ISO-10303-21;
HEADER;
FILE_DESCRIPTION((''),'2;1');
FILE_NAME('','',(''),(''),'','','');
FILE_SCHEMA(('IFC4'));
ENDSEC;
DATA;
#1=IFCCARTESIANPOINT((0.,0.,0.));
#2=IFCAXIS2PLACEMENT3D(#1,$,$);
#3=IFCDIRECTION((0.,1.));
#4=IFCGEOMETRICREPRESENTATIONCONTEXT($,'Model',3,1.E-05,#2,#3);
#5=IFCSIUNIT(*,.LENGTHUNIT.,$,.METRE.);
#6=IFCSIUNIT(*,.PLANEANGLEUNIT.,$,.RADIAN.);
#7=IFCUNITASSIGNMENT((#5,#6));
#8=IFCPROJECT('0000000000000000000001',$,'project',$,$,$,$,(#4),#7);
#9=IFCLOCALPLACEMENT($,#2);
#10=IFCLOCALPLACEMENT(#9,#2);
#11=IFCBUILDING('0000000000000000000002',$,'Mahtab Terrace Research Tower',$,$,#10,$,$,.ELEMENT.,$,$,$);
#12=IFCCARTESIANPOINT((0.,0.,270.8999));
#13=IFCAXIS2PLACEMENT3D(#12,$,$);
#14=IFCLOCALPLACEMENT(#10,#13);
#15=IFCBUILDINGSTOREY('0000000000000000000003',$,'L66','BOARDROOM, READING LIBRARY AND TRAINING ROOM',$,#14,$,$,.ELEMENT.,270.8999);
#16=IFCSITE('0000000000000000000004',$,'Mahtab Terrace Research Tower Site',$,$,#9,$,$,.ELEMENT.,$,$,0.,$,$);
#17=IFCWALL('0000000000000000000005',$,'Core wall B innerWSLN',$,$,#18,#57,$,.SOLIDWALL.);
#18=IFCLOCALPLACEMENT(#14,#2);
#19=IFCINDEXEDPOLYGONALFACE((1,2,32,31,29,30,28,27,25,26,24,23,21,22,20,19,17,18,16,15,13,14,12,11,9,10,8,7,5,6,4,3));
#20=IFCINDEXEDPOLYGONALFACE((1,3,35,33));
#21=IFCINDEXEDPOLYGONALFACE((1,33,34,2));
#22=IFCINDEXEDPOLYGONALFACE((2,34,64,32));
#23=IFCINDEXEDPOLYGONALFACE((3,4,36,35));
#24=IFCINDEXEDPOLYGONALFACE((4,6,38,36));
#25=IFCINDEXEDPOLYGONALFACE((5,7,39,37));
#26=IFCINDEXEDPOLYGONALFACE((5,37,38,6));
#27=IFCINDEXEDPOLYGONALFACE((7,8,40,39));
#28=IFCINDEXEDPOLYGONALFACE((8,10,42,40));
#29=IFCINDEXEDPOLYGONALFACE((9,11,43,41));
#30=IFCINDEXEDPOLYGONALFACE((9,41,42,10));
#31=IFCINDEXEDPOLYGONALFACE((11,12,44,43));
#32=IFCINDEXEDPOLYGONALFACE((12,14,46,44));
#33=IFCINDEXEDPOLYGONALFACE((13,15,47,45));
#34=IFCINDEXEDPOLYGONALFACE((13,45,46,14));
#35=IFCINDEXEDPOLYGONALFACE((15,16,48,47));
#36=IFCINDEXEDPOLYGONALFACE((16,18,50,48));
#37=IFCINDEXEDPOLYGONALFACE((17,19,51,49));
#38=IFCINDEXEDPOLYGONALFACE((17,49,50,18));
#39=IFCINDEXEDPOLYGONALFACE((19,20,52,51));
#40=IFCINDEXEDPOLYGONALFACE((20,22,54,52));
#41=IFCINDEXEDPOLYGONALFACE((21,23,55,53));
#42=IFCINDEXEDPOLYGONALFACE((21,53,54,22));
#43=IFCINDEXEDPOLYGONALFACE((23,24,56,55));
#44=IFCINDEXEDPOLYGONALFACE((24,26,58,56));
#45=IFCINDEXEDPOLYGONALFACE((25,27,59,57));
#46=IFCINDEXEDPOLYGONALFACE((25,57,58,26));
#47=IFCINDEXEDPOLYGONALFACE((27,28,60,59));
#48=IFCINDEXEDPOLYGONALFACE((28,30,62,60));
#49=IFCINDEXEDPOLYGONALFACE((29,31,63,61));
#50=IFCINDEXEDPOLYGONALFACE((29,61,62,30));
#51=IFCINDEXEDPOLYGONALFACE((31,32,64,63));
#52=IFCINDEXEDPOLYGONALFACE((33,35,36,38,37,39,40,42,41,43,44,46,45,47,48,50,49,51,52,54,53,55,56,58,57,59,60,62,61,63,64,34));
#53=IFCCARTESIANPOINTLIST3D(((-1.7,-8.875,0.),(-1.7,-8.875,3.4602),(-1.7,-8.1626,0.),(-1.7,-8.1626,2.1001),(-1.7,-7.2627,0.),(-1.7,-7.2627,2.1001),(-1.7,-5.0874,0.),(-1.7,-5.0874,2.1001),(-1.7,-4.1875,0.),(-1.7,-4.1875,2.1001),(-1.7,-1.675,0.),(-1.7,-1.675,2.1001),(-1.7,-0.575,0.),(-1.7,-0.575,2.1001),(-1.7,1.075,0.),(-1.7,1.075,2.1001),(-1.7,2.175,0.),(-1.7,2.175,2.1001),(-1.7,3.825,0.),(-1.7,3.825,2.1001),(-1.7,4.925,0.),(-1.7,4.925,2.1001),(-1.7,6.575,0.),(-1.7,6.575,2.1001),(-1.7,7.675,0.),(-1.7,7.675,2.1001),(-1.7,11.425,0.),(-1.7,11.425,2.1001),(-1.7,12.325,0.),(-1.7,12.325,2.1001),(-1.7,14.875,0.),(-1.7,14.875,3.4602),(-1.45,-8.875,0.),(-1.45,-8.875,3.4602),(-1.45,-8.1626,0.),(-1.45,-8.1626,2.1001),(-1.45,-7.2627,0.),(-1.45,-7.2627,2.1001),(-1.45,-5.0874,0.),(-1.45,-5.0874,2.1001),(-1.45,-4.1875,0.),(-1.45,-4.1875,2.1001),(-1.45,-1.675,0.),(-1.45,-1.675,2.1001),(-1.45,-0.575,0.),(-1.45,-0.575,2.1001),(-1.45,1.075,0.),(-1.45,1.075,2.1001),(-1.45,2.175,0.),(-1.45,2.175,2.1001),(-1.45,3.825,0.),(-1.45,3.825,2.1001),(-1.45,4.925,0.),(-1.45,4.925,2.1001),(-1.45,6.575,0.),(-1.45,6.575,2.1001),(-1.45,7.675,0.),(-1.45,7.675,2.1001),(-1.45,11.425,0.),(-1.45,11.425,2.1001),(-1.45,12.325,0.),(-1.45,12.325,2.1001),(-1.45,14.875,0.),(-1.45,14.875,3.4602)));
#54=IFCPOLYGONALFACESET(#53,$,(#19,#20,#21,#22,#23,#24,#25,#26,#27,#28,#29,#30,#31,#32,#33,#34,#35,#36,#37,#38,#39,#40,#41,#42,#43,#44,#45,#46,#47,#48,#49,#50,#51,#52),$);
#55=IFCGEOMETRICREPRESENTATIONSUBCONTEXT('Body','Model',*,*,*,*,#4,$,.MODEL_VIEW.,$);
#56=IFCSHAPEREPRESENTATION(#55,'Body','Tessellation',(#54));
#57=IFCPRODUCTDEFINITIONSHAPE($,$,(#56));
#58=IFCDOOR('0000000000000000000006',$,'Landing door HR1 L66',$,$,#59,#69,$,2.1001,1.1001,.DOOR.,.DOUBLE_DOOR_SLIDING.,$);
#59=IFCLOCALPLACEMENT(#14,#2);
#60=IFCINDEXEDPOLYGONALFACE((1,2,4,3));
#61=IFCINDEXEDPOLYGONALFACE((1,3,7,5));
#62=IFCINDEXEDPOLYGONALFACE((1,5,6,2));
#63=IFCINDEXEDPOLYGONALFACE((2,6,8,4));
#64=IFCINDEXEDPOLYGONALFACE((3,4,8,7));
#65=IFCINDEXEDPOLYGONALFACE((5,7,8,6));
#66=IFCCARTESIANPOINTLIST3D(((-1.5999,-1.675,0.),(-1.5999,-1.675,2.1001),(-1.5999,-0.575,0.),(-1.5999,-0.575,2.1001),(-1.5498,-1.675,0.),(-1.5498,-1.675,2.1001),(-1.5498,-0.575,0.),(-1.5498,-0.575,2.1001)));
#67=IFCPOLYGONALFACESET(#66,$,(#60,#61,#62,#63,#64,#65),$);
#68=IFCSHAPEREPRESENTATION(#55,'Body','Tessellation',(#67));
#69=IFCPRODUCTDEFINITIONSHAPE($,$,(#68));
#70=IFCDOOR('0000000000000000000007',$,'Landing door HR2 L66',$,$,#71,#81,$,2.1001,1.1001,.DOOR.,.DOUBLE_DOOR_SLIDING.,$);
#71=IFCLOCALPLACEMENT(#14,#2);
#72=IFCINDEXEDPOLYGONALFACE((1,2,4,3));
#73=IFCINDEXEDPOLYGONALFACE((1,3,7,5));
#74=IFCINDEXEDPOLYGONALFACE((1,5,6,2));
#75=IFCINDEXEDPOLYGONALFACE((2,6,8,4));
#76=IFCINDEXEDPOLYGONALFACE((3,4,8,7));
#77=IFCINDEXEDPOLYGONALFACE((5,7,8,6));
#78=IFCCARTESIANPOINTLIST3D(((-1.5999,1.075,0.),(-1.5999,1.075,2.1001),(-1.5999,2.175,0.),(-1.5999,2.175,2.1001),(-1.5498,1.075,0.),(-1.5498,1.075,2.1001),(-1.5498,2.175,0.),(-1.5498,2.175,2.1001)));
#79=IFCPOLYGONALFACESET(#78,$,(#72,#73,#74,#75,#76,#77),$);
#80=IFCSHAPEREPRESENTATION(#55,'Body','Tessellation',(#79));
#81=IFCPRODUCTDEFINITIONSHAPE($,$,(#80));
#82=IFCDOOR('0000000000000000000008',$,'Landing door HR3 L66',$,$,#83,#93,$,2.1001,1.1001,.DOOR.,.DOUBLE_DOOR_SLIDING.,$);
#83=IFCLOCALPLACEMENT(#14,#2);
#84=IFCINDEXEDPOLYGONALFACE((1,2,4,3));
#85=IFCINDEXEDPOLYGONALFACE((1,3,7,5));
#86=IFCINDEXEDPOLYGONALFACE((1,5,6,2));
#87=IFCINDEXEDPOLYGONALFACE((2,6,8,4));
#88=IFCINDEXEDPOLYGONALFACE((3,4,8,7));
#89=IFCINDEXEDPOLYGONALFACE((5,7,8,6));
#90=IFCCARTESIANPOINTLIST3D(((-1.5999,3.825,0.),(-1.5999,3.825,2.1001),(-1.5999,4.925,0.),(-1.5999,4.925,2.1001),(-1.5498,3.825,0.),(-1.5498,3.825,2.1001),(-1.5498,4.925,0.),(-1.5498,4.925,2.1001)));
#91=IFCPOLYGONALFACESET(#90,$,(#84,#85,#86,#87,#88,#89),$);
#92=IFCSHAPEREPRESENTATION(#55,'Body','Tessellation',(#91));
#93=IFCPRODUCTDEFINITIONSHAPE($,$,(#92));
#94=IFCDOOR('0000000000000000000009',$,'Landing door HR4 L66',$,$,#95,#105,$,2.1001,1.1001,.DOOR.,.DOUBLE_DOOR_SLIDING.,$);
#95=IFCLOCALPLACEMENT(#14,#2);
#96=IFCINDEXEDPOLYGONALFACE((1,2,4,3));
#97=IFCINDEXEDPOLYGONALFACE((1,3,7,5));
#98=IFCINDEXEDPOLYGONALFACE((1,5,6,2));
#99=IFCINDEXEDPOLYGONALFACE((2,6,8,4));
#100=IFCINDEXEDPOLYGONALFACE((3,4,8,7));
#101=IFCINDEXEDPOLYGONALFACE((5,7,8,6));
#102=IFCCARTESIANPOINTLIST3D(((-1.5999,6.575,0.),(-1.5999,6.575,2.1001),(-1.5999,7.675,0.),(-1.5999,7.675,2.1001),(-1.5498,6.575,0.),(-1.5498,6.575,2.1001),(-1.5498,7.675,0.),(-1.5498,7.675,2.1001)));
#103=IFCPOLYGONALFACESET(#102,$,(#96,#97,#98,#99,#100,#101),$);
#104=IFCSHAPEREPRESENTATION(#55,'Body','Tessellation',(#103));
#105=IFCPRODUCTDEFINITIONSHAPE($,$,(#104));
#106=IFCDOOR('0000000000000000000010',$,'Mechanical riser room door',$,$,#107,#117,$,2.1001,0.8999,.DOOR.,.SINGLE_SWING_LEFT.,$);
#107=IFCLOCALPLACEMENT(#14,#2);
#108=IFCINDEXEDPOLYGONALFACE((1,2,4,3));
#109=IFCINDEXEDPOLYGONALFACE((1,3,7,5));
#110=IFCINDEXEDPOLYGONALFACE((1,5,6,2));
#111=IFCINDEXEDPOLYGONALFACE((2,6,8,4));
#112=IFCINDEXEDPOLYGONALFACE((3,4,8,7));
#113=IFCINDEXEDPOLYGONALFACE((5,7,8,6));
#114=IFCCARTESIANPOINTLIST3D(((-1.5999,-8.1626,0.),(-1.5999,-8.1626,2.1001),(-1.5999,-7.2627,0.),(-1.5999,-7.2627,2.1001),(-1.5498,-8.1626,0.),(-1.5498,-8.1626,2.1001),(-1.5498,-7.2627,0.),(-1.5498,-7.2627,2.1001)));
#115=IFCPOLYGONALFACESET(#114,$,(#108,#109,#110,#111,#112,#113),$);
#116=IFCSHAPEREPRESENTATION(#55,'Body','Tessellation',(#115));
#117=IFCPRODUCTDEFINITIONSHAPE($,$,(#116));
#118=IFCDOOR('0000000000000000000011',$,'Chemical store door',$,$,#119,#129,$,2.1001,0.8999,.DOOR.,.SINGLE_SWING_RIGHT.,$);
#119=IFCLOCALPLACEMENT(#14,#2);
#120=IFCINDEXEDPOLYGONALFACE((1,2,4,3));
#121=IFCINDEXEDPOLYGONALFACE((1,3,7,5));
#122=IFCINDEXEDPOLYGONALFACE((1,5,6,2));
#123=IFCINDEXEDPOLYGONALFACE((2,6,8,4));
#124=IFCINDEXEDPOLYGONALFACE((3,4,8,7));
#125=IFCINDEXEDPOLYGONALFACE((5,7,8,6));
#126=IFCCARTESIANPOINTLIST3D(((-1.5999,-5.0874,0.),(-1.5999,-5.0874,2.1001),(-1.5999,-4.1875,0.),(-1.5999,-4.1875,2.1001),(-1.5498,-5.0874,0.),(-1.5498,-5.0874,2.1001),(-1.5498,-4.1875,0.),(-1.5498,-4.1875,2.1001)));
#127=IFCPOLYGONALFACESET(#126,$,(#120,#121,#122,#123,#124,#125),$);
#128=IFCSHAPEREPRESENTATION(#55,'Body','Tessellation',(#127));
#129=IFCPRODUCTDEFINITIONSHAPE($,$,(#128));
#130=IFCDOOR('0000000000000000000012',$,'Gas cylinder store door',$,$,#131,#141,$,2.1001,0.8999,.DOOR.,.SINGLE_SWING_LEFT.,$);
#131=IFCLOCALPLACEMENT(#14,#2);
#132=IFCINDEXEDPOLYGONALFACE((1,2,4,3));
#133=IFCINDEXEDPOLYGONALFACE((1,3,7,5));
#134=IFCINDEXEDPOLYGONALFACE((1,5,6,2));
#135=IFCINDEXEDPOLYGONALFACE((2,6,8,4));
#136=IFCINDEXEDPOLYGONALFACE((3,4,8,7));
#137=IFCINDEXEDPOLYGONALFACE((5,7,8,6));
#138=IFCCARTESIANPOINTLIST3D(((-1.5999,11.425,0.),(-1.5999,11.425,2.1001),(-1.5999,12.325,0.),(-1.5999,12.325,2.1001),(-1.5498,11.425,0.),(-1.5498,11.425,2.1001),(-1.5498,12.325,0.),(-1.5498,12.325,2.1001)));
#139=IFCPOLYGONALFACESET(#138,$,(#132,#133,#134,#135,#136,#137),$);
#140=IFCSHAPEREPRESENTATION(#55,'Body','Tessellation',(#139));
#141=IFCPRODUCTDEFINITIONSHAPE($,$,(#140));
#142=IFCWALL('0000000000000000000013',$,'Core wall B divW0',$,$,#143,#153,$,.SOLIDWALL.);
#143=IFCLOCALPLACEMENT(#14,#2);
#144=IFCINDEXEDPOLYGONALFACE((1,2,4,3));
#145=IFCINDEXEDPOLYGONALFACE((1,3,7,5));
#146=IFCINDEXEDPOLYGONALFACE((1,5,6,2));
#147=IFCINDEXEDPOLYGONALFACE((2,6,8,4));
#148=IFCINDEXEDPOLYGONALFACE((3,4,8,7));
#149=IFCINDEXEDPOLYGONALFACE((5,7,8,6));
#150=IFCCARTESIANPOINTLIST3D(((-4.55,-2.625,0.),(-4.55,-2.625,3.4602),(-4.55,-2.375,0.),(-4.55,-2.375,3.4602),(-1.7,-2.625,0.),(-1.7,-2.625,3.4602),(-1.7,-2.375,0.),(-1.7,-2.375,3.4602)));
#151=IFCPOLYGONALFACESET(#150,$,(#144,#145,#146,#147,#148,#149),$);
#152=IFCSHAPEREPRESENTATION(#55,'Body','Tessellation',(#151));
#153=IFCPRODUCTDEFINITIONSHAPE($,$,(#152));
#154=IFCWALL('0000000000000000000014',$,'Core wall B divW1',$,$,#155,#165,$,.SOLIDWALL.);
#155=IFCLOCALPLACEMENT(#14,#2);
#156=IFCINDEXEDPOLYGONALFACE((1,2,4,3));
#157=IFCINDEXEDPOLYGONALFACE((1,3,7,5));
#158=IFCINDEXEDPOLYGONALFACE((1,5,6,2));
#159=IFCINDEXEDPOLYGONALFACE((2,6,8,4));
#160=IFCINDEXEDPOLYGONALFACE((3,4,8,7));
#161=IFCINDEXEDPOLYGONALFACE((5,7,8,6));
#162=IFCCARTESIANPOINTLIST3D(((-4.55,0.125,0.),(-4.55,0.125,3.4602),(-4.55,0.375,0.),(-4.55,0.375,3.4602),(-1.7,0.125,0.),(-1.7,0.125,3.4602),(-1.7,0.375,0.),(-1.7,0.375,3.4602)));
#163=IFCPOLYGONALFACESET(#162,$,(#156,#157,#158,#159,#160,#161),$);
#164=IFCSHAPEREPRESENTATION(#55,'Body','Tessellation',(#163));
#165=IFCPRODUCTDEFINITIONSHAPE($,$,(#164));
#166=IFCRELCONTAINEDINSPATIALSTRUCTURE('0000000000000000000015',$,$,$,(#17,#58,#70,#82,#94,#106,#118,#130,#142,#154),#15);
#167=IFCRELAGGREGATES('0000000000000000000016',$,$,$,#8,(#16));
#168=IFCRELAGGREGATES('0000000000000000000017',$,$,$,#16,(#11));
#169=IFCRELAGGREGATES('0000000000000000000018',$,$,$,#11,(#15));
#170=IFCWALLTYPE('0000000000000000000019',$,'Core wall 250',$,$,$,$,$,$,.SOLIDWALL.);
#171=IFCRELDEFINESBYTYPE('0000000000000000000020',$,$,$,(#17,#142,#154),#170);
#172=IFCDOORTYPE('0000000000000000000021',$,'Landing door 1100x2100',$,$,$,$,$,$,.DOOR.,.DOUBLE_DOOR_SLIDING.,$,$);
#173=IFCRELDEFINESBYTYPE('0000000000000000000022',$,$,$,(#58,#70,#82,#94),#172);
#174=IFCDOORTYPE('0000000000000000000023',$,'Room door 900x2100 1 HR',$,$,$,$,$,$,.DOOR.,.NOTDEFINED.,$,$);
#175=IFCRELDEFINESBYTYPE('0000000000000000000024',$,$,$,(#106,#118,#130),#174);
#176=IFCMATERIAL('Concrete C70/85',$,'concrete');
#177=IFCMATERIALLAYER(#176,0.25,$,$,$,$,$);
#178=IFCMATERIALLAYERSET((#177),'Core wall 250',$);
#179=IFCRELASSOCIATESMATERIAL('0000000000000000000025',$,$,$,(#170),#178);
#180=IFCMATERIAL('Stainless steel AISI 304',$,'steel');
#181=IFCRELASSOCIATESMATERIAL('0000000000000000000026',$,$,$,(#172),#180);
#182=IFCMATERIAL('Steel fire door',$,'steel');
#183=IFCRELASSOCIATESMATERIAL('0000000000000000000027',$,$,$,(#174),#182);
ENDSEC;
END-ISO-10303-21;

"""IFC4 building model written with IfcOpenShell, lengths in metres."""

from ifc_helpers import new_model, si_unit, direction, frame, frame_2d, origin, place, context, subcontext, project, spatial, rectangle, extrude, material, layer, layer_set, type_object, element, fill, save


model = new_model("IFC4")

# Units and contexts
model_context = context("Model", 3, precision=1e-05, world=origin(), true_north=direction((0.0, 1.0)))
body_context = subcontext(model_context, "Body", "Model", "MODEL_VIEW")
ifc_project = project(units=[si_unit("LENGTHUNIT", "METRE"), si_unit("PLANEANGLEUNIT", "RADIAN")], contexts=[model_context])

# Site, building, storey
site_placement = place(None, origin())
site = spatial("IfcSite", under=ifc_project, at=site_placement, Name="Mahtab Terrace Research Tower Site", CompositionType="ELEMENT", RefElevation=0.0)
building_placement = place(site_placement, origin())
building = spatial("IfcBuilding", under=site, at=building_placement, Name="Mahtab Terrace Research Tower", CompositionType="ELEMENT")
storey_placement = place(building_placement, frame((0.0, 0.0, 270.8999)))
storey = spatial("IfcBuildingStorey", under=building, at=storey_placement, Name="L66", Description="BOARDROOM, READING LIBRARY AND TRAINING ROOM", CompositionType="ELEMENT", Elevation=270.8999)

# Shared definitions
ifc_material_1 = material(Name="Concrete C70/85", Category="concrete")

# Wall, openings, doors
ifc_layer_1 = layer(ifc_material_1, 0.25)
ifc_layer_set_1 = layer_set([ifc_layer_1], Name="Core wall 250")
wall_type_1 = type_object("IfcWallType", Name="Core wall 250", PredefinedType="SOLIDWALL", material=ifc_layer_set_1)
wall_1_placement = place(storey_placement, frame((-1.575, -8.875, 0.0), z_axis=(0.0, 0.0, 1.0), x_axis=(0.0, 1.0, 0.0)))
wall_1 = element("IfcWall", 1, at=wall_1_placement, inside=storey, type_object=wall_type_1, Name="Core wall B innerWSLN", PredefinedType="SOLIDWALL", context=body_context, shape_type="SweptSolid", body=[
    extrude(rectangle(XDim=23.75, YDim=0.25, at=frame_2d((11.875, 0.0))), origin(), (0.0, 0.0, 1.0), 3.4602),
])
opening_1_placement = place(wall_1_placement, frame((7.2, 0.0, 0.0)))
opening_1 = element("IfcOpeningElement", 2, at=opening_1_placement, cuts=wall_1, PredefinedType="OPENING", context=body_context, shape_type="SweptSolid", body=[
    extrude(rectangle(XDim=1.1001, YDim=2.1001, at=frame_2d((0.55, 1.05))), frame((0.0, 0.135, 0.0), z_axis=(0.0, -1.0, 0.0), x_axis=(1.0, 0.0, 0.0)), (0.0, 0.0, 1.0), 0.27),
])
opening_2_placement = place(wall_1_placement, frame((9.95, 0.0, 0.0)))
opening_2 = element("IfcOpeningElement", 3, at=opening_2_placement, cuts=wall_1, PredefinedType="OPENING", context=body_context, shape_type="SweptSolid", body=[
    extrude(rectangle(XDim=1.1001, YDim=2.1001, at=frame_2d((0.55, 1.05))), frame((0.0, 0.135, 0.0), z_axis=(0.0, -1.0, 0.0), x_axis=(1.0, 0.0, 0.0)), (0.0, 0.0, 1.0), 0.27),
])
opening_3_placement = place(wall_1_placement, frame((12.7, 0.0, 0.0)))
opening_3 = element("IfcOpeningElement", 4, at=opening_3_placement, cuts=wall_1, PredefinedType="OPENING", context=body_context, shape_type="SweptSolid", body=[
    extrude(rectangle(XDim=1.1001, YDim=2.1001, at=frame_2d((0.55, 1.05))), frame((0.0, 0.135, 0.0), z_axis=(0.0, -1.0, 0.0), x_axis=(1.0, 0.0, 0.0)), (0.0, 0.0, 1.0), 0.27),
])
opening_4_placement = place(wall_1_placement, frame((15.45, 0.0, 0.0)))
opening_4 = element("IfcOpeningElement", 5, at=opening_4_placement, cuts=wall_1, PredefinedType="OPENING", context=body_context, shape_type="SweptSolid", body=[
    extrude(rectangle(XDim=1.1001, YDim=2.1001, at=frame_2d((0.55, 1.05))), frame((0.0, 0.135, 0.0), z_axis=(0.0, -1.0, 0.0), x_axis=(1.0, 0.0, 0.0)), (0.0, 0.0, 1.0), 0.27),
])
opening_5_placement = place(wall_1_placement, frame((0.7124, 0.0, 0.0)))
opening_5 = element("IfcOpeningElement", 6, at=opening_5_placement, cuts=wall_1, PredefinedType="OPENING", context=body_context, shape_type="SweptSolid", body=[
    extrude(rectangle(XDim=0.8999, YDim=2.1001, at=frame_2d((0.45, 1.05))), frame((0.0, 0.135, 0.0), z_axis=(0.0, -1.0, 0.0), x_axis=(1.0, 0.0, 0.0)), (0.0, 0.0, 1.0), 0.27),
])
opening_6_placement = place(wall_1_placement, frame((3.7876, 0.0, 0.0)))
opening_6 = element("IfcOpeningElement", 7, at=opening_6_placement, cuts=wall_1, PredefinedType="OPENING", context=body_context, shape_type="SweptSolid", body=[
    extrude(rectangle(XDim=0.8999, YDim=2.1001, at=frame_2d((0.45, 1.05))), frame((0.0, 0.135, 0.0), z_axis=(0.0, -1.0, 0.0), x_axis=(1.0, 0.0, 0.0)), (0.0, 0.0, 1.0), 0.27),
])
opening_7_placement = place(wall_1_placement, frame((20.3, 0.0, 0.0)))
opening_7 = element("IfcOpeningElement", 8, at=opening_7_placement, cuts=wall_1, PredefinedType="OPENING", context=body_context, shape_type="SweptSolid", body=[
    extrude(rectangle(XDim=0.8999, YDim=2.1001, at=frame_2d((0.45, 1.05))), frame((0.0, 0.135, 0.0), z_axis=(0.0, -1.0, 0.0), x_axis=(1.0, 0.0, 0.0)), (0.0, 0.0, 1.0), 0.27),
])
ifc_material_2 = material(Name="Stainless steel AISI 304", Category="steel")
door_type_1 = type_object("IfcDoorType", Name="Landing door 1100x2100", OperationType="DOUBLE_DOOR_SLIDING", PredefinedType="DOOR", material=ifc_material_2)
door_1_placement = place(opening_1_placement, origin())
door_1 = element("IfcDoor", 9, at=door_1_placement, inside=storey, type_object=door_type_1, Name="Landing door HR1 L66", OperationType="DOUBLE_DOOR_SLIDING", OverallHeight=2.1001, OverallWidth=1.1001, PredefinedType="DOOR", context=body_context, shape_type="SweptSolid", body=[
    extrude(rectangle(XDim=1.1001, YDim=2.1001, at=frame_2d((0.55, 1.05))), frame((0.0, 0.0249, 0.0), z_axis=(0.0, -1.0, 0.0), x_axis=(1.0, 0.0, 0.0)), (0.0, 0.0, 1.0), 0.05),
])
fill(opening_1, door_1)
door_2_placement = place(opening_2_placement, origin())
door_2 = element("IfcDoor", 10, at=door_2_placement, inside=storey, type_object=door_type_1, Name="Landing door HR2 L66", OperationType="DOUBLE_DOOR_SLIDING", OverallHeight=2.1001, OverallWidth=1.1001, PredefinedType="DOOR", context=body_context, shape_type="SweptSolid", body=[
    extrude(rectangle(XDim=1.1001, YDim=2.1001, at=frame_2d((0.55, 1.05))), frame((0.0, 0.0249, 0.0), z_axis=(0.0, -1.0, 0.0), x_axis=(1.0, 0.0, 0.0)), (0.0, 0.0, 1.0), 0.05),
])
fill(opening_2, door_2)
door_3_placement = place(opening_3_placement, origin())
door_3 = element("IfcDoor", 11, at=door_3_placement, inside=storey, type_object=door_type_1, Name="Landing door HR3 L66", OperationType="DOUBLE_DOOR_SLIDING", OverallHeight=2.1001, OverallWidth=1.1001, PredefinedType="DOOR", context=body_context, shape_type="SweptSolid", body=[
    extrude(rectangle(XDim=1.1001, YDim=2.1001, at=frame_2d((0.55, 1.05))), frame((0.0, 0.0249, 0.0), z_axis=(0.0, -1.0, 0.0), x_axis=(1.0, 0.0, 0.0)), (0.0, 0.0, 1.0), 0.05),
])
fill(opening_3, door_3)
door_4_placement = place(opening_4_placement, origin())
door_4 = element("IfcDoor", 12, at=door_4_placement, inside=storey, type_object=door_type_1, Name="Landing door HR4 L66", OperationType="DOUBLE_DOOR_SLIDING", OverallHeight=2.1001, OverallWidth=1.1001, PredefinedType="DOOR", context=body_context, shape_type="SweptSolid", body=[
    extrude(rectangle(XDim=1.1001, YDim=2.1001, at=frame_2d((0.55, 1.05))), frame((0.0, 0.0249, 0.0), z_axis=(0.0, -1.0, 0.0), x_axis=(1.0, 0.0, 0.0)), (0.0, 0.0, 1.0), 0.05),
])
fill(opening_4, door_4)
ifc_material_3 = material(Name="Steel fire door", Category="steel")
door_type_2 = type_object("IfcDoorType", Name="Room door 900x2100 1 HR", OperationType="NOTDEFINED", PredefinedType="DOOR", material=ifc_material_3)
door_5_placement = place(opening_5_placement, origin())
door_5 = element("IfcDoor", 13, at=door_5_placement, inside=storey, type_object=door_type_2, Name="Mechanical riser room door", OperationType="SINGLE_SWING_LEFT", OverallHeight=2.1001, OverallWidth=0.8999, PredefinedType="DOOR", context=body_context, shape_type="SweptSolid", body=[
    extrude(rectangle(XDim=0.8999, YDim=2.1001, at=frame_2d((0.45, 1.05))), frame((0.0, 0.0249, 0.0), z_axis=(0.0, -1.0, 0.0), x_axis=(1.0, 0.0, 0.0)), (0.0, 0.0, 1.0), 0.05),
])
fill(opening_5, door_5)
door_6_placement = place(opening_6_placement, origin())
door_6 = element("IfcDoor", 14, at=door_6_placement, inside=storey, type_object=door_type_2, Name="Chemical store door", OperationType="SINGLE_SWING_RIGHT", OverallHeight=2.1001, OverallWidth=0.8999, PredefinedType="DOOR", context=body_context, shape_type="SweptSolid", body=[
    extrude(rectangle(XDim=0.8999, YDim=2.1001, at=frame_2d((0.45, 1.05))), frame((0.0, 0.0249, 0.0), z_axis=(0.0, -1.0, 0.0), x_axis=(1.0, 0.0, 0.0)), (0.0, 0.0, 1.0), 0.05),
])
fill(opening_6, door_6)
door_7_placement = place(opening_7_placement, origin())
door_7 = element("IfcDoor", 15, at=door_7_placement, inside=storey, type_object=door_type_2, Name="Gas cylinder store door", OperationType="SINGLE_SWING_LEFT", OverallHeight=2.1001, OverallWidth=0.8999, PredefinedType="DOOR", context=body_context, shape_type="SweptSolid", body=[
    extrude(rectangle(XDim=0.8999, YDim=2.1001, at=frame_2d((0.45, 1.05))), frame((0.0, 0.0249, 0.0), z_axis=(0.0, -1.0, 0.0), x_axis=(1.0, 0.0, 0.0)), (0.0, 0.0, 1.0), 0.05),
])
fill(opening_7, door_7)

# Walls
for number, where, z_axis, x_axis, name in (
    (16, (-4.55, -2.5, 0.0), (0.0, 0.0, 1.0), (1.0, 0.0, 0.0), "Core wall B divW0"),
    (17, (-4.55, 0.25, 0.0), (0.0, 0.0, 1.0), (1.0, 0.0, 0.0), "Core wall B divW1"),
):
    element("IfcWall", number, at=place(storey_placement, frame(where, z_axis=z_axis, x_axis=x_axis)), inside=storey, type_object=wall_type_1, Name=name, PredefinedType="SOLIDWALL", context=body_context, shape_type="SweptSolid", body=[
        extrude(rectangle(XDim=2.8501, YDim=0.25, at=frame_2d((1.425, 0.0))), origin(), (0.0, 0.0, 1.0), 3.4602),
    ])

save(model, "model.ifc")
